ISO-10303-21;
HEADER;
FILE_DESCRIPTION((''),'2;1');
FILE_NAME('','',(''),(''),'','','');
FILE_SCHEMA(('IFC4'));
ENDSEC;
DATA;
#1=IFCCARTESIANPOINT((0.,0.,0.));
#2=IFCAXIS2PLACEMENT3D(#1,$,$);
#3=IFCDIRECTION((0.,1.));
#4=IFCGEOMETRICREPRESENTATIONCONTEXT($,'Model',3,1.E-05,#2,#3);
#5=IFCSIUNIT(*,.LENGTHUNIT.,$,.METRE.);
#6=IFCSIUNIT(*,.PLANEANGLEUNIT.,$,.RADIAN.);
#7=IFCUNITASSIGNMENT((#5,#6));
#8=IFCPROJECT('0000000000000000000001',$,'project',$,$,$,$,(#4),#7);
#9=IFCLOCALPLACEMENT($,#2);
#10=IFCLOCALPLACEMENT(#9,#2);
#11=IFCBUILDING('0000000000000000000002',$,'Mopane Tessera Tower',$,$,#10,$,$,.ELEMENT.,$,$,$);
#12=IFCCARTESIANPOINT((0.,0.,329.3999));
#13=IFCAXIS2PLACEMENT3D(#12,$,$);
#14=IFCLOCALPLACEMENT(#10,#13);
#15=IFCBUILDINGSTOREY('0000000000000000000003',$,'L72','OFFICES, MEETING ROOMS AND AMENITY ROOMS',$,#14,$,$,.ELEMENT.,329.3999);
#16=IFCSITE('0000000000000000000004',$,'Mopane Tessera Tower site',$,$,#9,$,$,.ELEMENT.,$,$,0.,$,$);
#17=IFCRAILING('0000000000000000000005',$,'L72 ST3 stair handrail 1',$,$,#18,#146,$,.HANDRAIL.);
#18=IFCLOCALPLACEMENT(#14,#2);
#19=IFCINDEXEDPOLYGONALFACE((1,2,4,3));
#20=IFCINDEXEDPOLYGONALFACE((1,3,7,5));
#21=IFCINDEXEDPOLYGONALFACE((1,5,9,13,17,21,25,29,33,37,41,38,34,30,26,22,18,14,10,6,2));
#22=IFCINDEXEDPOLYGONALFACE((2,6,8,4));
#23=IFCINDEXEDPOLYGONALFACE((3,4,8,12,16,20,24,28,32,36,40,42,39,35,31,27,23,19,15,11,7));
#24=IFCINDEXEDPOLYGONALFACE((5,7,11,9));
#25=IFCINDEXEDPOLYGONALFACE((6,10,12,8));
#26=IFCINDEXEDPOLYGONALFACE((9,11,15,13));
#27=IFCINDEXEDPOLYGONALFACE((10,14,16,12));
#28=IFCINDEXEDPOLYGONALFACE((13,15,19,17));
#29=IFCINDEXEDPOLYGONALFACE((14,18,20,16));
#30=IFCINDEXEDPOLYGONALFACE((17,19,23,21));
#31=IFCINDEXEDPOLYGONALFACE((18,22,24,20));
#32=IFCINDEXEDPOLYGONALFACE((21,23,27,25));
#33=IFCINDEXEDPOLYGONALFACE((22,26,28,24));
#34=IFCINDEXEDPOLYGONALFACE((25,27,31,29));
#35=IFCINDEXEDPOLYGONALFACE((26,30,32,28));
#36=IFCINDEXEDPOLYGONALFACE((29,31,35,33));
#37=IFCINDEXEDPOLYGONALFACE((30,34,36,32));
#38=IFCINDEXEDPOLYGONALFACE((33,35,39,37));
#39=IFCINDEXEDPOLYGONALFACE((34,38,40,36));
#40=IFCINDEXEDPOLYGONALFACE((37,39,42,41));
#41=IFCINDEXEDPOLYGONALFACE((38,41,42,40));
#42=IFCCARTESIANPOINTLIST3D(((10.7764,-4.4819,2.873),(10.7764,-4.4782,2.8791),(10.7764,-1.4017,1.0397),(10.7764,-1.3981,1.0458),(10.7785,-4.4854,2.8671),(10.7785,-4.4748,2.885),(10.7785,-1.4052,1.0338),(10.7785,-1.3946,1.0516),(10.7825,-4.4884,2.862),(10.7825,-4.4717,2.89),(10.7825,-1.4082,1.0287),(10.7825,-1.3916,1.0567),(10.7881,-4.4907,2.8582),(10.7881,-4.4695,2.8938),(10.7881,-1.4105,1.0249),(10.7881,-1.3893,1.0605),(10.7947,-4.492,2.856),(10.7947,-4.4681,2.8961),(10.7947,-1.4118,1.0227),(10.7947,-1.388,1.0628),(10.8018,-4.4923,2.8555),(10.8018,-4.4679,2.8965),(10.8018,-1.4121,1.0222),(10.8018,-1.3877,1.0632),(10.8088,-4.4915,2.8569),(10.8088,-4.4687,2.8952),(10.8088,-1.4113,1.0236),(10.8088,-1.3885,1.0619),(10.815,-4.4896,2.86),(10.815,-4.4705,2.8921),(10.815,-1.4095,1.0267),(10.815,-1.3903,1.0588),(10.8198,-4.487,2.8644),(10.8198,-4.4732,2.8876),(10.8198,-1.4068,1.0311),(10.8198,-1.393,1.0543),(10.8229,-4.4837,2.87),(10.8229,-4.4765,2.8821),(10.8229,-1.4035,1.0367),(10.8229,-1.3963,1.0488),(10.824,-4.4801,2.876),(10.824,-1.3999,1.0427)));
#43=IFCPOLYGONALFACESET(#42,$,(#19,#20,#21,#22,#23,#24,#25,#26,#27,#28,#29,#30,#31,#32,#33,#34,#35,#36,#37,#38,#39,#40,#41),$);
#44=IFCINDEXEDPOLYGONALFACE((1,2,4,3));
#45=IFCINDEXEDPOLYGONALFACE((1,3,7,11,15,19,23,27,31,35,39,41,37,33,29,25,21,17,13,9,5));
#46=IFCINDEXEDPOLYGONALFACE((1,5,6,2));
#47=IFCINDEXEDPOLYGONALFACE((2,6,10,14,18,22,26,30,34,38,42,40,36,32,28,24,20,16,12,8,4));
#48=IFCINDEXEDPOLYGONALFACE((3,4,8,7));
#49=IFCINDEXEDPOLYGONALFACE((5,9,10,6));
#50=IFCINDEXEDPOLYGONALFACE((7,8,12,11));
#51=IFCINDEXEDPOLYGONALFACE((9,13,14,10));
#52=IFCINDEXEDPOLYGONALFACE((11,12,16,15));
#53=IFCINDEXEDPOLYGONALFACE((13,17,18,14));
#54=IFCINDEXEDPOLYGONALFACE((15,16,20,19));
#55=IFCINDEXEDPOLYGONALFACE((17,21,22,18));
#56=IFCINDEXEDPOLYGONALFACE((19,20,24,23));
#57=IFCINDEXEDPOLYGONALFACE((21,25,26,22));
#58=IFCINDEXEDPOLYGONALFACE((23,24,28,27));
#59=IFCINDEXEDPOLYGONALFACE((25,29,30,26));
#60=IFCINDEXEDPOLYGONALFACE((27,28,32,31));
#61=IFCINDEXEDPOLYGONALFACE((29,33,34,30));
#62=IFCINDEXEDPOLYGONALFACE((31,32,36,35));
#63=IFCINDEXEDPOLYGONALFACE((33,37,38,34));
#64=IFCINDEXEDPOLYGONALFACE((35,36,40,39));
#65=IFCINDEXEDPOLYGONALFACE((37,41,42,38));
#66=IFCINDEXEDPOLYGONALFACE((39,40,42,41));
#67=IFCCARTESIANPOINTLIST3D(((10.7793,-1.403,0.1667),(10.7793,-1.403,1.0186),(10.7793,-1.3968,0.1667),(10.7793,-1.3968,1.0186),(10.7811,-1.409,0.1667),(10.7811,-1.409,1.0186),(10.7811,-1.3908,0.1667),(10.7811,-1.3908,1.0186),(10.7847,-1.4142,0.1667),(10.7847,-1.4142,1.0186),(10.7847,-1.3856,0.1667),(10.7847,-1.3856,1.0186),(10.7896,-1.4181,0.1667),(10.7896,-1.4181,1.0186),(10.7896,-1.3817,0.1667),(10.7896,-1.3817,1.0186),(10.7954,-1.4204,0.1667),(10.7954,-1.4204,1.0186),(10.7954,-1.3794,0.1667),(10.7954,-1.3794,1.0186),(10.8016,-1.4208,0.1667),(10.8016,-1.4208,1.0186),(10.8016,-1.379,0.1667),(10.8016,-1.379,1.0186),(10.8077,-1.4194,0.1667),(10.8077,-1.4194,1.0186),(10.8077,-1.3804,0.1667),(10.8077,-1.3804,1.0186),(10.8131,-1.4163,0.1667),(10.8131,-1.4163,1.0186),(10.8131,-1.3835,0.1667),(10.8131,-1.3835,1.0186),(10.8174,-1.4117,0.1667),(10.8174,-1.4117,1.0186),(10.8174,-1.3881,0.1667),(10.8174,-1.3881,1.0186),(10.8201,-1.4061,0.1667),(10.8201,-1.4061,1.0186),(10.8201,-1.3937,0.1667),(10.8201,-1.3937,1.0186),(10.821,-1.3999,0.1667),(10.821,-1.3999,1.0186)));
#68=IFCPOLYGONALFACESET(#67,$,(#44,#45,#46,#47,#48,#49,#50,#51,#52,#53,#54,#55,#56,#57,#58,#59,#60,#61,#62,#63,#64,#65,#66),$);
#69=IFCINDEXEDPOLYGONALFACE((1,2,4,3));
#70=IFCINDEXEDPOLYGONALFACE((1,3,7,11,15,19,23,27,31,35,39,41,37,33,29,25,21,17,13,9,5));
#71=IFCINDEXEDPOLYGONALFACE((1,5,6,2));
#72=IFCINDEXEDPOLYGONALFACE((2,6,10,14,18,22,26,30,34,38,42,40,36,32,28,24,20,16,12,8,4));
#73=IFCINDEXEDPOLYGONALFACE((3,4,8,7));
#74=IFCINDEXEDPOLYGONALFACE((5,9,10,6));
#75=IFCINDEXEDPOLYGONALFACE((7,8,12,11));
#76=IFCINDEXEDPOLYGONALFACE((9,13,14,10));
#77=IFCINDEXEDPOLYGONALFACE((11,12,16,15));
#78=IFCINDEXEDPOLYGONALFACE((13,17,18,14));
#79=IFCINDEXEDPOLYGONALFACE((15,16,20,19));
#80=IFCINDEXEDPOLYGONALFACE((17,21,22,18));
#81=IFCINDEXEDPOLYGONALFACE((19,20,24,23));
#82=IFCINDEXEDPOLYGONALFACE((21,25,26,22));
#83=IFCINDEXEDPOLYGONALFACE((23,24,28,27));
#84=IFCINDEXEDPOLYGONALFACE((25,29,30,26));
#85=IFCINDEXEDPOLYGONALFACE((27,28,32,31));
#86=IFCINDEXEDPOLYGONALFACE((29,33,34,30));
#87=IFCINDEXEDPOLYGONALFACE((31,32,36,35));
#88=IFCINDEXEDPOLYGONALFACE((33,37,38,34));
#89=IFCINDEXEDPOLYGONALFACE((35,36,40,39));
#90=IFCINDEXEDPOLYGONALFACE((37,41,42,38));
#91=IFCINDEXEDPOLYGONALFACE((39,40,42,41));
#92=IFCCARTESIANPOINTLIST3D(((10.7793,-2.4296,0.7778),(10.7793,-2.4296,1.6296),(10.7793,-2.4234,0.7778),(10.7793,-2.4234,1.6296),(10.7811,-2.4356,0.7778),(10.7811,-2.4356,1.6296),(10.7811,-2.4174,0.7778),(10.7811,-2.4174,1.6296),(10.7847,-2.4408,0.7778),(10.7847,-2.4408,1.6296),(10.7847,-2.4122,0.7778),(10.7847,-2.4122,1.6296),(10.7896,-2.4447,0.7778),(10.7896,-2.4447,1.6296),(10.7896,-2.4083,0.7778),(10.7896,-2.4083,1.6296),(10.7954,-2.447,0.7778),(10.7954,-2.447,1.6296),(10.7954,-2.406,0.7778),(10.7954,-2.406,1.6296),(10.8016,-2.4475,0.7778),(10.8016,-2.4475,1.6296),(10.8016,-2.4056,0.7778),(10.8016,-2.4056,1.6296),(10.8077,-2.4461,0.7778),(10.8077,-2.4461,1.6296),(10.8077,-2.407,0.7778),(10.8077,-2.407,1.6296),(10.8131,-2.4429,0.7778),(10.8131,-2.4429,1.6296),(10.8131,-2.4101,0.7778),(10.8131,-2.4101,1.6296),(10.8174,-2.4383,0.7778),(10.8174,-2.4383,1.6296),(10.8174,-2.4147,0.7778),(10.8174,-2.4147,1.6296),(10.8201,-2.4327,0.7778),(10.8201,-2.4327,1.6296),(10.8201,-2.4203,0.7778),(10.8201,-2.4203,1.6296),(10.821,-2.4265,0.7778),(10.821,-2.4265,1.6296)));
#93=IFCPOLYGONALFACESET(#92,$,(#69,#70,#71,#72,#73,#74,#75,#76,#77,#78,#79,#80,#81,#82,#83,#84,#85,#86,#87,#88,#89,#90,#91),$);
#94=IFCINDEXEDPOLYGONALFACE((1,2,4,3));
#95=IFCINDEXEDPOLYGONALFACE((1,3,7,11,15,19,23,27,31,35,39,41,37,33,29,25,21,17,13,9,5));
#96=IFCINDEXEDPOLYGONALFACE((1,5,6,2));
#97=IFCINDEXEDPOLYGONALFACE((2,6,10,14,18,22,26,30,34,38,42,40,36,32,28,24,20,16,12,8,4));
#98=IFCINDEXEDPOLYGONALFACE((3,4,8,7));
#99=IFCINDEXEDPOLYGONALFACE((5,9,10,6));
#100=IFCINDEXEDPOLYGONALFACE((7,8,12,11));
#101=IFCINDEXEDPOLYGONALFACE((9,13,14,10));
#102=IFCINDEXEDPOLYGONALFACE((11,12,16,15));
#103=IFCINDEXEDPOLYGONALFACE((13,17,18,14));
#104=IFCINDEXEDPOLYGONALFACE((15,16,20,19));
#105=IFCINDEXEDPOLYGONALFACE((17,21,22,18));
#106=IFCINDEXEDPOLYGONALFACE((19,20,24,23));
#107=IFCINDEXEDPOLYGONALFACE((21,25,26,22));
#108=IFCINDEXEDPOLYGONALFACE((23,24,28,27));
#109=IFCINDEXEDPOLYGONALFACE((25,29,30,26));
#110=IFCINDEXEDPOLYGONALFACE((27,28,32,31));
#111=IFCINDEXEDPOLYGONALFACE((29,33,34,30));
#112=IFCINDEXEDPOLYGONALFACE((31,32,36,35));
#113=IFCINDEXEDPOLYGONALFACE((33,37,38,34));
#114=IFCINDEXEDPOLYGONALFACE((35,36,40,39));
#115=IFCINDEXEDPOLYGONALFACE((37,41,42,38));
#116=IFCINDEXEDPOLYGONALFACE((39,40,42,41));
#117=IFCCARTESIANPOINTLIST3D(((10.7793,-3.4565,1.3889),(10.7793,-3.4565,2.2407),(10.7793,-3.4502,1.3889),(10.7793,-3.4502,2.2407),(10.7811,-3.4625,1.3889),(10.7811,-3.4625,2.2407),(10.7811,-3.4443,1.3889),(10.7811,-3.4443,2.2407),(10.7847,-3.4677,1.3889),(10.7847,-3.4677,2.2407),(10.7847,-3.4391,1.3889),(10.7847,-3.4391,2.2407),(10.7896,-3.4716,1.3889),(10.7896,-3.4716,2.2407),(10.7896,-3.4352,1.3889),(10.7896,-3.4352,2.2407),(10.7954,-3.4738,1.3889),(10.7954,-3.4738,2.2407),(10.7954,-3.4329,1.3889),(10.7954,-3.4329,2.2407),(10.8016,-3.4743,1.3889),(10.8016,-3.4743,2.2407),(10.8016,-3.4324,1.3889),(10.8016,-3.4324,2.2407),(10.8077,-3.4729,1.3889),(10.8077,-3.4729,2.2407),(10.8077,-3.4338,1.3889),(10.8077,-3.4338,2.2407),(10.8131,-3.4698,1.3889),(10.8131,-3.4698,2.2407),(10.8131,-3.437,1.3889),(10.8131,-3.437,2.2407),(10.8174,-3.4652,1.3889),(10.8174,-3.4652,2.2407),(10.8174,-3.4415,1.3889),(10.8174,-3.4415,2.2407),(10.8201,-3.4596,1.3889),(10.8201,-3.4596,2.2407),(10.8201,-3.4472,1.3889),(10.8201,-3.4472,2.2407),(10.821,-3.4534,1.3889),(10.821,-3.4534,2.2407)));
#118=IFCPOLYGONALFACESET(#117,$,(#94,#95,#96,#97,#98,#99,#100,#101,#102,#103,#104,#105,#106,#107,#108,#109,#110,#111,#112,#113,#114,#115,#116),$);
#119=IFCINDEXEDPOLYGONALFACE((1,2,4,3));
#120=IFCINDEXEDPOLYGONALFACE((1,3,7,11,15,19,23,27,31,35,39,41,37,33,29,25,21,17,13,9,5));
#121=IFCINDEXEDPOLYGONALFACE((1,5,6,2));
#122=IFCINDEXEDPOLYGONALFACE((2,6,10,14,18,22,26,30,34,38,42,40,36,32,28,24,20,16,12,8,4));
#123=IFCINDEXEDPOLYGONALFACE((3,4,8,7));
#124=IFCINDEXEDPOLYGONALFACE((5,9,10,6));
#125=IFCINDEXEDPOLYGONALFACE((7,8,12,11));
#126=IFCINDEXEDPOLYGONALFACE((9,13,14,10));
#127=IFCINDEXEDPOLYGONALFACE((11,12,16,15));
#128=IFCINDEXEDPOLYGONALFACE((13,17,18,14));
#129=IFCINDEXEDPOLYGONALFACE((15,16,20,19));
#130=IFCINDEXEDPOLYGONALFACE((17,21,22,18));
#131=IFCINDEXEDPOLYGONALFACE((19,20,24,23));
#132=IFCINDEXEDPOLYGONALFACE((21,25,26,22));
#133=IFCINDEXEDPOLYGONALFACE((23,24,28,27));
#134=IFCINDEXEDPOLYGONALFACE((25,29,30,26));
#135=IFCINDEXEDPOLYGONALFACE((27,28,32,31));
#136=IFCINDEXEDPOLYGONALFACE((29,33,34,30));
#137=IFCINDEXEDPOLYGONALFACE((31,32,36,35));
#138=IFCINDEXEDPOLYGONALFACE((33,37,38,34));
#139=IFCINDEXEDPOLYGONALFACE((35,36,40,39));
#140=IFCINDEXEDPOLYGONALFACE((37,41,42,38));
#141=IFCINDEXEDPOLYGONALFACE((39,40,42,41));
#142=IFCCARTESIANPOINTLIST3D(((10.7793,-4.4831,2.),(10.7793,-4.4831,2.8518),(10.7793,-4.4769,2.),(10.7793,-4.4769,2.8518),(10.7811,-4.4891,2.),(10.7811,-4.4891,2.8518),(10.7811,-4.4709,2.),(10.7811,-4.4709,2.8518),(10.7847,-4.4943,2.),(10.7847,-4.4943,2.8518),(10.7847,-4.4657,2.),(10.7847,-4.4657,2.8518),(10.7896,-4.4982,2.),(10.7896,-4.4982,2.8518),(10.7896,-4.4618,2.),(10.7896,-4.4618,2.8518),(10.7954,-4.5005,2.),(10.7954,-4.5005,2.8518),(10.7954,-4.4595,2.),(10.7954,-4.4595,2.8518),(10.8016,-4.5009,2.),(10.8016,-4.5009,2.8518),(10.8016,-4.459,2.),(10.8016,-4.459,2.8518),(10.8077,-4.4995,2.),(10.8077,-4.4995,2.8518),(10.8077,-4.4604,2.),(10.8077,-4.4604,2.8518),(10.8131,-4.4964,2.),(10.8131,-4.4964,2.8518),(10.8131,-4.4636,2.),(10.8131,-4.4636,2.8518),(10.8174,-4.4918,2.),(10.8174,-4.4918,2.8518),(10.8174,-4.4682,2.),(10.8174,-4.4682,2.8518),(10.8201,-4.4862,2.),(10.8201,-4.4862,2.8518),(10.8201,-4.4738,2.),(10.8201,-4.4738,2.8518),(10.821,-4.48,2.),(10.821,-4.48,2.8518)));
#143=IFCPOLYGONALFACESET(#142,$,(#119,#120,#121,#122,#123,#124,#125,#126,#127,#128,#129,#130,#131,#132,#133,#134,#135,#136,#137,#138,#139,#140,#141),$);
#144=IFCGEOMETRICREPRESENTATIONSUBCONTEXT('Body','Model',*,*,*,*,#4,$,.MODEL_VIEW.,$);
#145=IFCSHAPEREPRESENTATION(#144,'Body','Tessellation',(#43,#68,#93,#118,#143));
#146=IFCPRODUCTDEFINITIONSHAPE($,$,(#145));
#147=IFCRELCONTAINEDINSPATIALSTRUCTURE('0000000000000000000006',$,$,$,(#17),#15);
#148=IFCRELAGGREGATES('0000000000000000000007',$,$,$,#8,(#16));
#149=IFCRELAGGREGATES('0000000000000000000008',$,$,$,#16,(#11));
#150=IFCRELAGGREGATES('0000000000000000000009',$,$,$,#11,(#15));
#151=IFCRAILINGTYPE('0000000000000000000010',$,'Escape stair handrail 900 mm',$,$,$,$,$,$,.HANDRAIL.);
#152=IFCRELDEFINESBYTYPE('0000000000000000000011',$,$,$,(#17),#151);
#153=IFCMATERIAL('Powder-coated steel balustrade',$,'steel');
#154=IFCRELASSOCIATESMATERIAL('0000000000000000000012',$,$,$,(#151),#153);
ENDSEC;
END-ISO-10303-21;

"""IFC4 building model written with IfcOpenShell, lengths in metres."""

from ifc_helpers import new_model, si_unit, direction, frame, origin, origin_2d, place, context, subcontext, project, spatial, circle, extrude, material, type_object, element, save


model = new_model("IFC4")

# Units and contexts
model_context = context("Model", 3, precision=1e-05, world=origin(), true_north=direction((0.0, 1.0)))
body_context = subcontext(model_context, "Body", "Model", "MODEL_VIEW")
ifc_project = project(units=[si_unit("LENGTHUNIT", "METRE"), si_unit("PLANEANGLEUNIT", "RADIAN")], contexts=[model_context])

# Site, building, storey
site_placement = place(None, origin())
site = spatial("IfcSite", under=ifc_project, at=site_placement, Name="Mopane Tessera Tower site", CompositionType="ELEMENT", RefElevation=0.0)
building_placement = place(site_placement, origin())
building = spatial("IfcBuilding", under=site, at=building_placement, Name="Mopane Tessera Tower", CompositionType="ELEMENT")
storey_placement = place(building_placement, frame((0.0, 0.0, 329.3999)))
storey = spatial("IfcBuildingStorey", under=building, at=storey_placement, Name="L72", Description="OFFICES, MEETING ROOMS AND AMENITY ROOMS", CompositionType="ELEMENT", Elevation=329.3999)

# Railing
ifc_material_1 = material(Name="Powder-coated steel balustrade", Category="steel")
railing_type_1 = type_object("IfcRailingType", Name="Escape stair handrail 900 mm", PredefinedType="HANDRAIL", material=ifc_material_1)
railing_1_placement = place(storey_placement, frame((10.8, -1.3999, 0.1667)))
element("IfcRailing", 1, at=railing_1_placement, inside=storey, type_object=railing_type_1, Name="L72 ST3 stair handrail 1", PredefinedType="HANDRAIL", context=body_context, shape_type="SweptSolid", body=[
    extrude(circle(Radius=0.0239, at=origin_2d()), frame((0.0, 0.0, 0.876), z_axis=(0.0, -0.859309, 0.511458), x_axis=(1.0, 0.0, 0.0)), (0.0, 0.0, 1.0), 3.5845),
    extrude(circle(Radius=0.021, at=origin_2d()), origin(), (0.0, 0.0, 1.0), 0.8518),
    extrude(circle(Radius=0.021, at=origin_2d()), frame((0.0, -1.0266, 0.6111)), (0.0, 0.0, 1.0), 0.8518),
    extrude(circle(Radius=0.021, at=origin_2d()), frame((0.0, -2.0535, 1.2222)), (0.0, 0.0, 1.0), 0.8518),
    extrude(circle(Radius=0.021, at=origin_2d()), frame((0.0, -3.0801, 1.8333)), (0.0, 0.0, 1.0), 0.8518),
])

save(model, "model.ifc")
